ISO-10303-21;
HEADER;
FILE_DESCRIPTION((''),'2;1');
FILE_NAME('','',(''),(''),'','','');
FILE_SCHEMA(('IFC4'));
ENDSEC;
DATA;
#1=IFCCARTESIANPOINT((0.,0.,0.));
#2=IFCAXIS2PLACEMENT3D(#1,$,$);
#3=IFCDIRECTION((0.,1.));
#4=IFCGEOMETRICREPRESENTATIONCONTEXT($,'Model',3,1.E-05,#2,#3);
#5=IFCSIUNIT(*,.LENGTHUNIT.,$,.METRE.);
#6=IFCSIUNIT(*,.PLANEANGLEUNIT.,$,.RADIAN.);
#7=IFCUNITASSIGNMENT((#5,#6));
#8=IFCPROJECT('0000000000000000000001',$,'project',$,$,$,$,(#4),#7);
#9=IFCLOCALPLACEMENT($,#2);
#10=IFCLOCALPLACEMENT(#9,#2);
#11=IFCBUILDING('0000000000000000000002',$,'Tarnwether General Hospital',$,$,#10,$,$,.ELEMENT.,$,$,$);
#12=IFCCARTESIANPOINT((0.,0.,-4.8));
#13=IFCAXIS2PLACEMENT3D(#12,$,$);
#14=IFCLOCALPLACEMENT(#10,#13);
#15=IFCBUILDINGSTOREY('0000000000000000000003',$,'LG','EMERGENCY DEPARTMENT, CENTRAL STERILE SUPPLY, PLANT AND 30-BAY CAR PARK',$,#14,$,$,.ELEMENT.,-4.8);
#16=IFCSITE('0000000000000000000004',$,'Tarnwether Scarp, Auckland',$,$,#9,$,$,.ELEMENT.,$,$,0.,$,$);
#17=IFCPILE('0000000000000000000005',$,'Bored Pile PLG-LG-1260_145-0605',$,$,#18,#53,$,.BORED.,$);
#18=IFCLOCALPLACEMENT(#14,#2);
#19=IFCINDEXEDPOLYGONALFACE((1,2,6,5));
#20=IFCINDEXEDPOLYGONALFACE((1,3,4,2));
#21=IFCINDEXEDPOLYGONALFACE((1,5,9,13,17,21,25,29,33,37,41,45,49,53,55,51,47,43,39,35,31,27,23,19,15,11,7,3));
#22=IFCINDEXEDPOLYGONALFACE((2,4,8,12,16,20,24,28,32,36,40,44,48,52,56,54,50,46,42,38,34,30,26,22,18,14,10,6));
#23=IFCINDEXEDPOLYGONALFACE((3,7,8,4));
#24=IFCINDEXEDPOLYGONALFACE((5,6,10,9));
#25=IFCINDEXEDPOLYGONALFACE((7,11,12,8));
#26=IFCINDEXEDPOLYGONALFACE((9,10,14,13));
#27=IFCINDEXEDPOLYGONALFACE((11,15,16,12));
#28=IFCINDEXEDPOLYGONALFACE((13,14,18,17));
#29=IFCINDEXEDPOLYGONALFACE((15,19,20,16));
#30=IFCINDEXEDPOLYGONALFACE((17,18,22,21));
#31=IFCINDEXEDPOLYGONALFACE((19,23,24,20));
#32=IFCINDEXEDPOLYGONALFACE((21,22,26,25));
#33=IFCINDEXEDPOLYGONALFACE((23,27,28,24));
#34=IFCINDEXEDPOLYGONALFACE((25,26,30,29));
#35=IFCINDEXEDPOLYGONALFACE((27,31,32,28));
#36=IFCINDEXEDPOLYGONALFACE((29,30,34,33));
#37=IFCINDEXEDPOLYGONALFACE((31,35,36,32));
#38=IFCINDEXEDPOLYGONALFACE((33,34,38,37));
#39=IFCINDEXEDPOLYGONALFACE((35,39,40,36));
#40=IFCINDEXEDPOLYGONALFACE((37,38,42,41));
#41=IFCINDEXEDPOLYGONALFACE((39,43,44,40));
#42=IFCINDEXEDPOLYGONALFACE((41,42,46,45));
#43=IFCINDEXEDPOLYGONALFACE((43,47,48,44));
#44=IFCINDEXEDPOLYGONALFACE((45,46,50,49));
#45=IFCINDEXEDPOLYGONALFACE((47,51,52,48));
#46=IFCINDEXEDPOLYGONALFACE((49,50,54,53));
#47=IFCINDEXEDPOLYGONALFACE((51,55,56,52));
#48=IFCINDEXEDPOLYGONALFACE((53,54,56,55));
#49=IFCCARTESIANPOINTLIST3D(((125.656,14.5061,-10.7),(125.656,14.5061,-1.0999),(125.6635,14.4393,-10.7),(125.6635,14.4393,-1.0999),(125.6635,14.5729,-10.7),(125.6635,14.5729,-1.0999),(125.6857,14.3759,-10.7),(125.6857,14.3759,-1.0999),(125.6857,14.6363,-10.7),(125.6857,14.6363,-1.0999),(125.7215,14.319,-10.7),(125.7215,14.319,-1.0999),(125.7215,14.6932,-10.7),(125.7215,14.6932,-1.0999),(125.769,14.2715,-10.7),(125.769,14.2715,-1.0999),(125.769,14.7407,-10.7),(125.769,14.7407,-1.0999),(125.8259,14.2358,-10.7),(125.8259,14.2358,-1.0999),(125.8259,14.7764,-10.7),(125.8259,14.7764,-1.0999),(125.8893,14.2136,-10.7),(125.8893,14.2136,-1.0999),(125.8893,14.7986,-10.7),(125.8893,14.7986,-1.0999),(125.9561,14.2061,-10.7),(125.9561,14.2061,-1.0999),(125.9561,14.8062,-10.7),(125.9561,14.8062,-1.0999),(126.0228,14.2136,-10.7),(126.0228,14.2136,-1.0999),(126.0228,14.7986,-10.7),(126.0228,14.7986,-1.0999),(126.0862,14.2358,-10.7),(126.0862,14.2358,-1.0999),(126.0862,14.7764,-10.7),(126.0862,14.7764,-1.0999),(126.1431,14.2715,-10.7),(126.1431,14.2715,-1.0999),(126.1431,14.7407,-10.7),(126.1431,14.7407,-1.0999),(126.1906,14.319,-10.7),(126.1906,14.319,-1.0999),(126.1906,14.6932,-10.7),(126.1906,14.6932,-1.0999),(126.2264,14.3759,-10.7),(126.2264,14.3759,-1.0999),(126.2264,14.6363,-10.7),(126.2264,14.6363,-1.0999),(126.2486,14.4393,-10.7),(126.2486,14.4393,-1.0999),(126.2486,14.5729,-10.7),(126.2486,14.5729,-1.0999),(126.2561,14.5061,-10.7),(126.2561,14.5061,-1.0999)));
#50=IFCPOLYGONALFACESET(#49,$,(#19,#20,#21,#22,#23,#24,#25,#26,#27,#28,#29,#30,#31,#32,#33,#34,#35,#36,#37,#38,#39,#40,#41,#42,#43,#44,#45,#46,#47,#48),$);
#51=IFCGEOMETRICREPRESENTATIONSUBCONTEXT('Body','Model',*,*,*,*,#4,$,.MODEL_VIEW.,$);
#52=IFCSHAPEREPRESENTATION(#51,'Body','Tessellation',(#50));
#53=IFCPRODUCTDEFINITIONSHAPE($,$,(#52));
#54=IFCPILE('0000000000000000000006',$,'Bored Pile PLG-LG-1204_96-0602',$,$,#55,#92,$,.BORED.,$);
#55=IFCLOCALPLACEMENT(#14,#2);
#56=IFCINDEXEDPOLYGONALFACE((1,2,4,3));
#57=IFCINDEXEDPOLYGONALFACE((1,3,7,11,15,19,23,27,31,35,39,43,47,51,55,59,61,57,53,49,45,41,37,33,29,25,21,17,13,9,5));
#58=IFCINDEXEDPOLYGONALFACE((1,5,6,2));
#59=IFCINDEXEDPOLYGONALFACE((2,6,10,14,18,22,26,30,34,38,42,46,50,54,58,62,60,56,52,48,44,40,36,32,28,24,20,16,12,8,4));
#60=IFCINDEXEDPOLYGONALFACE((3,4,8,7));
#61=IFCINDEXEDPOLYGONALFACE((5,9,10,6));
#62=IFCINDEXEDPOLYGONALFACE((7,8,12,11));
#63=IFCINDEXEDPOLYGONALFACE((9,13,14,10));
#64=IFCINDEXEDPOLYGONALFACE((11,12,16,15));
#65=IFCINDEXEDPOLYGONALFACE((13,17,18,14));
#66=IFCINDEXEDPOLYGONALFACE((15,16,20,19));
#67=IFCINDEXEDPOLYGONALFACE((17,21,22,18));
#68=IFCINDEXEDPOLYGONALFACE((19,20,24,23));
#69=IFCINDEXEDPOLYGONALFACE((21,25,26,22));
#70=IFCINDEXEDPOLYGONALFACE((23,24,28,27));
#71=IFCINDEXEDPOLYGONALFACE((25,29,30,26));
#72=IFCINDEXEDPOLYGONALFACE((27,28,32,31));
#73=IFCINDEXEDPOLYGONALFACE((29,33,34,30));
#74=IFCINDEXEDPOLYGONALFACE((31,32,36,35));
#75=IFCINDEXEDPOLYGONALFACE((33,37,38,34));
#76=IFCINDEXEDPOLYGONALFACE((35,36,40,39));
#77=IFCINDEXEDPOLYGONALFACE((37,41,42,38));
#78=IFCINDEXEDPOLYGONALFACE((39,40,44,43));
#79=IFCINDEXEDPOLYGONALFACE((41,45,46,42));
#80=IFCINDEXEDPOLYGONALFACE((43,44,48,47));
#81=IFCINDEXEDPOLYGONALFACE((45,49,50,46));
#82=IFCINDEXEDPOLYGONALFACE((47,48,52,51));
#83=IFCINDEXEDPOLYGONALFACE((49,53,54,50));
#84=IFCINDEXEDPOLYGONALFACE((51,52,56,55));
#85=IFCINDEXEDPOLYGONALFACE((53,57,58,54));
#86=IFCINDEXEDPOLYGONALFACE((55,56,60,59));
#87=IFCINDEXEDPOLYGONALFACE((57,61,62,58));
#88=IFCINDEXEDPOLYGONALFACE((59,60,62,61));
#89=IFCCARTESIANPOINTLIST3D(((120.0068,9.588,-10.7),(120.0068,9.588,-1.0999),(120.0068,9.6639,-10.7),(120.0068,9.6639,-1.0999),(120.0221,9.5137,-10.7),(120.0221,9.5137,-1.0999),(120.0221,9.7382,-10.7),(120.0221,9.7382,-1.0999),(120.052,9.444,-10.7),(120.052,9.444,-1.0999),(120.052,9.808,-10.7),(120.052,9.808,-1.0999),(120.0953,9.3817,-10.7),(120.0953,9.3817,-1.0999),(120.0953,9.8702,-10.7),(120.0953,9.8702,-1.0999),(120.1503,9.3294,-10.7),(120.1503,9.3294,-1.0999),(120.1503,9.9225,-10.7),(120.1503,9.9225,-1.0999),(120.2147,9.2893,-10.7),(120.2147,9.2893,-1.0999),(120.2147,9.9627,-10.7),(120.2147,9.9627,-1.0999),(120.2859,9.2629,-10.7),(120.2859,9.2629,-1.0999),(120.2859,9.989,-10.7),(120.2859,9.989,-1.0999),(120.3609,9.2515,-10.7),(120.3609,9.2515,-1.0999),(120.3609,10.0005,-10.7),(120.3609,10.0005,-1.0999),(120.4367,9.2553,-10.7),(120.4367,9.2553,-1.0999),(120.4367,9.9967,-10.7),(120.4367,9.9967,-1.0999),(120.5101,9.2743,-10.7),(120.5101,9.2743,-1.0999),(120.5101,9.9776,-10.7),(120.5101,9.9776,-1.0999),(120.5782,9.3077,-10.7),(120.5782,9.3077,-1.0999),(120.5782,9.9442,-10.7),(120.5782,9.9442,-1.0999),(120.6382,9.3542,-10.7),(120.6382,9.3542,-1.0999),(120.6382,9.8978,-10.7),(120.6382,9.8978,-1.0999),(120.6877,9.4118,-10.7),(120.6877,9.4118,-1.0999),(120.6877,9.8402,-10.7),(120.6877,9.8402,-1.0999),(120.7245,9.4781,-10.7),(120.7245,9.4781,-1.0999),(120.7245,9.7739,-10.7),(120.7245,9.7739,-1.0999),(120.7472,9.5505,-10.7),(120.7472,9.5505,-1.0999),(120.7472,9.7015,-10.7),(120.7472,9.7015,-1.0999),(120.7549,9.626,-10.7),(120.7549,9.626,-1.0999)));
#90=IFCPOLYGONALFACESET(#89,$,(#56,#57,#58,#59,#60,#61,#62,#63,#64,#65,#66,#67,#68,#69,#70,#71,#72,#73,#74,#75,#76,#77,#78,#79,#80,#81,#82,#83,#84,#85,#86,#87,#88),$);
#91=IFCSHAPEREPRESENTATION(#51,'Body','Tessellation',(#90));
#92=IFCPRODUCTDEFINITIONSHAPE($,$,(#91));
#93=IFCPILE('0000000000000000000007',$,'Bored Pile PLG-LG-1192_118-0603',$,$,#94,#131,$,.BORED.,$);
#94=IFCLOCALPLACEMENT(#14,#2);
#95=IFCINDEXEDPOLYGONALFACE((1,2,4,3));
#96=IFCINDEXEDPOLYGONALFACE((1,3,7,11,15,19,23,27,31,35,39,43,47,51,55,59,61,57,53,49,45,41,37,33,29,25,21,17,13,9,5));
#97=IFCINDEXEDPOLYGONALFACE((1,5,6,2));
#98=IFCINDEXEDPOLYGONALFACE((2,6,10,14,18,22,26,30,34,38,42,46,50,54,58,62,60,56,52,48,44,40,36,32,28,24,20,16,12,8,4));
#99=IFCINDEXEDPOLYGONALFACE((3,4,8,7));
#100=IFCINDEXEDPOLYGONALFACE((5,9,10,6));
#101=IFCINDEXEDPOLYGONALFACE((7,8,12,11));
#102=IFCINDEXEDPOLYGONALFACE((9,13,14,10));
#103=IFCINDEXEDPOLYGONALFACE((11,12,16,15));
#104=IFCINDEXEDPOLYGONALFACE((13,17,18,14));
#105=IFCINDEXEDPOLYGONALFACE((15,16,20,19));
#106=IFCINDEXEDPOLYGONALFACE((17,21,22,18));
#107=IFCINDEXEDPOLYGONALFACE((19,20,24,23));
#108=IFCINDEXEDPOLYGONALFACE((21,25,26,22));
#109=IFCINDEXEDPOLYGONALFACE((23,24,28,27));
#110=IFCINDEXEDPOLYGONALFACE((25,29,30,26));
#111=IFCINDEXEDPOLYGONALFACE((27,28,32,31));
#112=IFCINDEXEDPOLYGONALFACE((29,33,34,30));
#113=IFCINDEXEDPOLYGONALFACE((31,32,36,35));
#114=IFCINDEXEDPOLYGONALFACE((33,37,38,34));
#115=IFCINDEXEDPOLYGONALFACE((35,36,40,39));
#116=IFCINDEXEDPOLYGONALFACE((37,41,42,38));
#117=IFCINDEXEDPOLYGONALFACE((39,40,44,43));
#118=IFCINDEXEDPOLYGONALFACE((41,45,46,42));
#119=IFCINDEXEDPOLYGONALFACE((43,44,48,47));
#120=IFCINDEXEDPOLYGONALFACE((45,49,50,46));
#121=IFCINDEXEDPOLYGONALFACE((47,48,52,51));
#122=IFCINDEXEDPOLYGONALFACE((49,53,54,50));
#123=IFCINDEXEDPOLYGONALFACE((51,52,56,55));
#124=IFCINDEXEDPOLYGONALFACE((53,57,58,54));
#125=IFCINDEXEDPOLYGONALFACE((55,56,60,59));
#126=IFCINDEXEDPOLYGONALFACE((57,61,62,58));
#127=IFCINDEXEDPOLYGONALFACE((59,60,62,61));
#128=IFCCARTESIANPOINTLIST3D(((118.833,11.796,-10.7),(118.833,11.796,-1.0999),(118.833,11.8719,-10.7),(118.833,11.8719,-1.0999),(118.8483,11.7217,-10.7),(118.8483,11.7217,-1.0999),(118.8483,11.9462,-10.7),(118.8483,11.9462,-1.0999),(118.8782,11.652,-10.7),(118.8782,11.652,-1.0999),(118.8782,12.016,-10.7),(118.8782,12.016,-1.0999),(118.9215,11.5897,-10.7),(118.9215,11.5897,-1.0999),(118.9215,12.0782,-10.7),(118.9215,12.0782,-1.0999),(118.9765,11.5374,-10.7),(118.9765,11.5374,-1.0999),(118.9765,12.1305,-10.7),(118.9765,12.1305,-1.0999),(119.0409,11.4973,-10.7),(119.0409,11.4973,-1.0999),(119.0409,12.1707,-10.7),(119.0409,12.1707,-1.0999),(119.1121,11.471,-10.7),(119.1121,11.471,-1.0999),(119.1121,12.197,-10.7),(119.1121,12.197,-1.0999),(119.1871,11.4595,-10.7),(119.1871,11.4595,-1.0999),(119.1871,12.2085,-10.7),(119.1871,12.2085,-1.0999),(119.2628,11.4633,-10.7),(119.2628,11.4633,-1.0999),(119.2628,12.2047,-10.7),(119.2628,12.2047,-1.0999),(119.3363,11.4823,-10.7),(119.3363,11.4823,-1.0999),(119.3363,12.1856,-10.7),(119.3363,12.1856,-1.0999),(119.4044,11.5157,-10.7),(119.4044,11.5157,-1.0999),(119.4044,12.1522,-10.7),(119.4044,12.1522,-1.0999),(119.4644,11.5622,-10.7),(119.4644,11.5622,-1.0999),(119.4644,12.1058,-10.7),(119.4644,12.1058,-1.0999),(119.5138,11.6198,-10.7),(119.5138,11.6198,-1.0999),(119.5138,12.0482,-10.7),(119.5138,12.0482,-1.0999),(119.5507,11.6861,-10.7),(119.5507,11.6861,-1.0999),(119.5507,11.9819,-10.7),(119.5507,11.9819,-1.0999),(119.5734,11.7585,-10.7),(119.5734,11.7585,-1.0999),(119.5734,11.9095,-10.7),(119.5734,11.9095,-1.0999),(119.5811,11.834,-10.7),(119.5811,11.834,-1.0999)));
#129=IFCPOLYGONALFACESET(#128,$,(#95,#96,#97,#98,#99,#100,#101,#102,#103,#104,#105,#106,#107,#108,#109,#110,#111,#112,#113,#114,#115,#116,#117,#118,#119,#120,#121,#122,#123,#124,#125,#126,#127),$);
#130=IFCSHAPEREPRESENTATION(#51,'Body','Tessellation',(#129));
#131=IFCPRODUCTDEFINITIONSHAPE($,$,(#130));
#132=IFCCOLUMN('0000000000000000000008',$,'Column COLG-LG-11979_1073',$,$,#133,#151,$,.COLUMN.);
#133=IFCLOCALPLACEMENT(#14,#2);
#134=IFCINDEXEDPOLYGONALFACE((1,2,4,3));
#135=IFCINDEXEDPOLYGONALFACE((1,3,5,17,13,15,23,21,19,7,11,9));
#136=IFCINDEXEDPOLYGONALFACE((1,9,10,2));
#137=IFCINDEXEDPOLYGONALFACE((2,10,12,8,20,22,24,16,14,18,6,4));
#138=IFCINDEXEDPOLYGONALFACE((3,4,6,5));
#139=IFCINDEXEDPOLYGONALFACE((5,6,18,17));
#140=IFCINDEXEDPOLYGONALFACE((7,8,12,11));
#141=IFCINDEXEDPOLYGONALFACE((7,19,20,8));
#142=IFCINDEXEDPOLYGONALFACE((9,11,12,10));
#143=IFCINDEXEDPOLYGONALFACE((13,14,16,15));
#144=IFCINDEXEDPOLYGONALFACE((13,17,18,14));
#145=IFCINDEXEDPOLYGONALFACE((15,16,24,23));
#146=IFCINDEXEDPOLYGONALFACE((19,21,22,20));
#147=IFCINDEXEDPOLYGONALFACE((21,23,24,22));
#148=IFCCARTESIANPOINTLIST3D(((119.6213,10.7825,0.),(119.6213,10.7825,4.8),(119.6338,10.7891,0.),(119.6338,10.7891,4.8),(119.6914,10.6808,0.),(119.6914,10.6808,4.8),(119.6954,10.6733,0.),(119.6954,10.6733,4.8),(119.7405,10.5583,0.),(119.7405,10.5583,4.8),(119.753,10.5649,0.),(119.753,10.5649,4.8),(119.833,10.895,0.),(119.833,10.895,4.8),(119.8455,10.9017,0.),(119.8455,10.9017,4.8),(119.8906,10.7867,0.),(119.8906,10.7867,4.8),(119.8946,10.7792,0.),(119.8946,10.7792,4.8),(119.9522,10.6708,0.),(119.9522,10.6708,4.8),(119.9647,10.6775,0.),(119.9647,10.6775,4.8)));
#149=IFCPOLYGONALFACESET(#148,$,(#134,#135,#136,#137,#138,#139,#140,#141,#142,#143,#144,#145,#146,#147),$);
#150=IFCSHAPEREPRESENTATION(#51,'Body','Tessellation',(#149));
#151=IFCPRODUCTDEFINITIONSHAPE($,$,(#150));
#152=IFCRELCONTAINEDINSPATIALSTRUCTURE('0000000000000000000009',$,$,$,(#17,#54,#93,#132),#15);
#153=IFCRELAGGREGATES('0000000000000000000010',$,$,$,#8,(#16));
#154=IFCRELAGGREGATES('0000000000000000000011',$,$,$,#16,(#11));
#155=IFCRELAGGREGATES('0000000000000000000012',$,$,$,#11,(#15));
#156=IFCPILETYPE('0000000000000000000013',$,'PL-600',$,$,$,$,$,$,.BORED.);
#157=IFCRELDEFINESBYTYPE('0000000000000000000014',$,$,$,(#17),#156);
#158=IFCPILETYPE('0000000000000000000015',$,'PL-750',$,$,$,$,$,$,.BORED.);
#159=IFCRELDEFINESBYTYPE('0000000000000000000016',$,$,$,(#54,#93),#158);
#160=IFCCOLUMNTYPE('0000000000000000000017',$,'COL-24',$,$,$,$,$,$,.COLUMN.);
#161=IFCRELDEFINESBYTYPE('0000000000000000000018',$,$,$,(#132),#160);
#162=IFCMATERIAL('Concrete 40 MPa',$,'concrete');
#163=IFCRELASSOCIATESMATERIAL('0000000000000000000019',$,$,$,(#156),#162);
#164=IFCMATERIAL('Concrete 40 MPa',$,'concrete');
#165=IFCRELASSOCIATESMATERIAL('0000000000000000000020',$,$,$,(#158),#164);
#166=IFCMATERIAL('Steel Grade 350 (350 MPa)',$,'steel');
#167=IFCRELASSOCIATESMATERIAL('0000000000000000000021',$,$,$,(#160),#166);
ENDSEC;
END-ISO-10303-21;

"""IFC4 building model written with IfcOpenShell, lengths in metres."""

from ifc_helpers import new_model, si_unit, direction, frame, origin, origin_2d, place, context, subcontext, project, spatial, circle, i_section, extrude, material, material_profile, profile_set, type_object, element, save


model = new_model("IFC4")

# Units and contexts
model_context = context("Model", 3, precision=1e-05, world=origin(), true_north=direction((0.0, 1.0)))
body_context = subcontext(model_context, "Body", "Model", "MODEL_VIEW")
ifc_project = project(units=[si_unit("LENGTHUNIT", "METRE"), si_unit("PLANEANGLEUNIT", "RADIAN")], contexts=[model_context])

# Site, building, storey
site_placement = place(None, origin())
site = spatial("IfcSite", under=ifc_project, at=site_placement, Name="Tarnwether Scarp, Auckland", CompositionType="ELEMENT", RefElevation=0.0)
building_placement = place(site_placement, origin())
building = spatial("IfcBuilding", under=site, at=building_placement, Name="Tarnwether General Hospital", CompositionType="ELEMENT")
storey_placement = place(building_placement, frame((0.0, 0.0, -4.8)))
storey = spatial("IfcBuildingStorey", under=building, at=storey_placement, Name="LG", Description="EMERGENCY DEPARTMENT, CENTRAL STERILE SUPPLY, PLANT AND 30-BAY CAR PARK", CompositionType="ELEMENT", Elevation=-4.8)

# Piles
ifc_material_1 = material(Name="Concrete 40 MPa", Category="concrete")
ifc_material_profile_1 = material_profile(ifc_material_1, circle(Radius=0.3, at=origin_2d()), Name="PILE-D600")
ifc_profile_set_1 = profile_set([ifc_material_profile_1], Name="Concrete 40 MPa")
pile_type_1 = type_object("IfcPileType", Name="PL-600", PredefinedType="BORED", material=ifc_profile_set_1)
pile_placement = place(storey_placement, frame((125.9561, 14.5061, -1.0999), z_axis=(0.0, 0.0, -1.0), x_axis=(1.0, 0.0, 0.0)))
element("IfcPile", 1, at=pile_placement, inside=storey, type_object=pile_type_1, Name="Bored Pile PLG-LG-1260_145-0605", PredefinedType="BORED", context=body_context, shape_type="SweptSolid", body=[
    extrude(circle(Radius=0.3, at=origin_2d()), origin(), (0.0, 0.0, 1.0), 9.6001),
])
ifc_material_2 = material(Name="Concrete 40 MPa", Category="concrete")
ifc_material_profile_2 = material_profile(ifc_material_2, circle(Radius=0.375, at=origin_2d()), Name="PILE-D750")
ifc_profile_set_2 = profile_set([ifc_material_profile_2], Name="Concrete 40 MPa")
pile_type_2 = type_object("IfcPileType", Name="PL-750", PredefinedType="BORED", material=ifc_profile_set_2)
for number, where, z_axis, x_axis, name in (
    (2, (120.3799, 9.626, -1.0999), (0.0, 0.0, -1.0), (1.0, 0.0, 0.0), "Bored Pile PLG-LG-1204_96-0602"),
    (3, (119.2061, 11.834, -1.0999), (0.0, 0.0, -1.0), (1.0, 0.0, 0.0), "Bored Pile PLG-LG-1192_118-0603"),
):
    element("IfcPile", number, at=place(storey_placement, frame(where, z_axis=z_axis, x_axis=x_axis)), inside=storey, type_object=pile_type_2, Name=name, PredefinedType="BORED", context=body_context, shape_type="SweptSolid", body=[
        extrude(circle(Radius=0.375, at=origin_2d()), origin(), (0.0, 0.0, 1.0), 9.6001),
    ])

# Column
ifc_material_3 = material(Name="Steel Grade 350 (350 MPa)", Category="steel")
ifc_material_profile_3 = material_profile(ifc_material_3, i_section(OverallWidth=0.2539, OverallDepth=0.2539, WebThickness=0.0085, FlangeThickness=0.0142, at=origin_2d()), Name="250UC72.9")
ifc_profile_set_3 = profile_set([ifc_material_profile_3], Name="Steel Grade 350 (350 MPa)")
column_type_1 = type_object("IfcColumnType", Name="COL-24", PredefinedType="COLUMN", material=ifc_profile_set_3)
column_1_placement = place(storey_placement, frame((119.793, 10.73, 0.0), z_axis=(0.0, 0.0, 1.0), x_axis=(-0.469472, 0.882948, 0.0)))
element("IfcColumn", 4, at=column_1_placement, inside=storey, type_object=column_type_1, Name="Column COLG-LG-11979_1073", PredefinedType="COLUMN", context=body_context, shape_type="SweptSolid", body=[
    extrude(i_section(OverallWidth=0.2539, OverallDepth=0.2539, WebThickness=0.0085, FlangeThickness=0.0142, at=origin_2d()), origin(), (0.0, 0.0, 1.0), 4.8),
])

save(model, "model.ifc")
